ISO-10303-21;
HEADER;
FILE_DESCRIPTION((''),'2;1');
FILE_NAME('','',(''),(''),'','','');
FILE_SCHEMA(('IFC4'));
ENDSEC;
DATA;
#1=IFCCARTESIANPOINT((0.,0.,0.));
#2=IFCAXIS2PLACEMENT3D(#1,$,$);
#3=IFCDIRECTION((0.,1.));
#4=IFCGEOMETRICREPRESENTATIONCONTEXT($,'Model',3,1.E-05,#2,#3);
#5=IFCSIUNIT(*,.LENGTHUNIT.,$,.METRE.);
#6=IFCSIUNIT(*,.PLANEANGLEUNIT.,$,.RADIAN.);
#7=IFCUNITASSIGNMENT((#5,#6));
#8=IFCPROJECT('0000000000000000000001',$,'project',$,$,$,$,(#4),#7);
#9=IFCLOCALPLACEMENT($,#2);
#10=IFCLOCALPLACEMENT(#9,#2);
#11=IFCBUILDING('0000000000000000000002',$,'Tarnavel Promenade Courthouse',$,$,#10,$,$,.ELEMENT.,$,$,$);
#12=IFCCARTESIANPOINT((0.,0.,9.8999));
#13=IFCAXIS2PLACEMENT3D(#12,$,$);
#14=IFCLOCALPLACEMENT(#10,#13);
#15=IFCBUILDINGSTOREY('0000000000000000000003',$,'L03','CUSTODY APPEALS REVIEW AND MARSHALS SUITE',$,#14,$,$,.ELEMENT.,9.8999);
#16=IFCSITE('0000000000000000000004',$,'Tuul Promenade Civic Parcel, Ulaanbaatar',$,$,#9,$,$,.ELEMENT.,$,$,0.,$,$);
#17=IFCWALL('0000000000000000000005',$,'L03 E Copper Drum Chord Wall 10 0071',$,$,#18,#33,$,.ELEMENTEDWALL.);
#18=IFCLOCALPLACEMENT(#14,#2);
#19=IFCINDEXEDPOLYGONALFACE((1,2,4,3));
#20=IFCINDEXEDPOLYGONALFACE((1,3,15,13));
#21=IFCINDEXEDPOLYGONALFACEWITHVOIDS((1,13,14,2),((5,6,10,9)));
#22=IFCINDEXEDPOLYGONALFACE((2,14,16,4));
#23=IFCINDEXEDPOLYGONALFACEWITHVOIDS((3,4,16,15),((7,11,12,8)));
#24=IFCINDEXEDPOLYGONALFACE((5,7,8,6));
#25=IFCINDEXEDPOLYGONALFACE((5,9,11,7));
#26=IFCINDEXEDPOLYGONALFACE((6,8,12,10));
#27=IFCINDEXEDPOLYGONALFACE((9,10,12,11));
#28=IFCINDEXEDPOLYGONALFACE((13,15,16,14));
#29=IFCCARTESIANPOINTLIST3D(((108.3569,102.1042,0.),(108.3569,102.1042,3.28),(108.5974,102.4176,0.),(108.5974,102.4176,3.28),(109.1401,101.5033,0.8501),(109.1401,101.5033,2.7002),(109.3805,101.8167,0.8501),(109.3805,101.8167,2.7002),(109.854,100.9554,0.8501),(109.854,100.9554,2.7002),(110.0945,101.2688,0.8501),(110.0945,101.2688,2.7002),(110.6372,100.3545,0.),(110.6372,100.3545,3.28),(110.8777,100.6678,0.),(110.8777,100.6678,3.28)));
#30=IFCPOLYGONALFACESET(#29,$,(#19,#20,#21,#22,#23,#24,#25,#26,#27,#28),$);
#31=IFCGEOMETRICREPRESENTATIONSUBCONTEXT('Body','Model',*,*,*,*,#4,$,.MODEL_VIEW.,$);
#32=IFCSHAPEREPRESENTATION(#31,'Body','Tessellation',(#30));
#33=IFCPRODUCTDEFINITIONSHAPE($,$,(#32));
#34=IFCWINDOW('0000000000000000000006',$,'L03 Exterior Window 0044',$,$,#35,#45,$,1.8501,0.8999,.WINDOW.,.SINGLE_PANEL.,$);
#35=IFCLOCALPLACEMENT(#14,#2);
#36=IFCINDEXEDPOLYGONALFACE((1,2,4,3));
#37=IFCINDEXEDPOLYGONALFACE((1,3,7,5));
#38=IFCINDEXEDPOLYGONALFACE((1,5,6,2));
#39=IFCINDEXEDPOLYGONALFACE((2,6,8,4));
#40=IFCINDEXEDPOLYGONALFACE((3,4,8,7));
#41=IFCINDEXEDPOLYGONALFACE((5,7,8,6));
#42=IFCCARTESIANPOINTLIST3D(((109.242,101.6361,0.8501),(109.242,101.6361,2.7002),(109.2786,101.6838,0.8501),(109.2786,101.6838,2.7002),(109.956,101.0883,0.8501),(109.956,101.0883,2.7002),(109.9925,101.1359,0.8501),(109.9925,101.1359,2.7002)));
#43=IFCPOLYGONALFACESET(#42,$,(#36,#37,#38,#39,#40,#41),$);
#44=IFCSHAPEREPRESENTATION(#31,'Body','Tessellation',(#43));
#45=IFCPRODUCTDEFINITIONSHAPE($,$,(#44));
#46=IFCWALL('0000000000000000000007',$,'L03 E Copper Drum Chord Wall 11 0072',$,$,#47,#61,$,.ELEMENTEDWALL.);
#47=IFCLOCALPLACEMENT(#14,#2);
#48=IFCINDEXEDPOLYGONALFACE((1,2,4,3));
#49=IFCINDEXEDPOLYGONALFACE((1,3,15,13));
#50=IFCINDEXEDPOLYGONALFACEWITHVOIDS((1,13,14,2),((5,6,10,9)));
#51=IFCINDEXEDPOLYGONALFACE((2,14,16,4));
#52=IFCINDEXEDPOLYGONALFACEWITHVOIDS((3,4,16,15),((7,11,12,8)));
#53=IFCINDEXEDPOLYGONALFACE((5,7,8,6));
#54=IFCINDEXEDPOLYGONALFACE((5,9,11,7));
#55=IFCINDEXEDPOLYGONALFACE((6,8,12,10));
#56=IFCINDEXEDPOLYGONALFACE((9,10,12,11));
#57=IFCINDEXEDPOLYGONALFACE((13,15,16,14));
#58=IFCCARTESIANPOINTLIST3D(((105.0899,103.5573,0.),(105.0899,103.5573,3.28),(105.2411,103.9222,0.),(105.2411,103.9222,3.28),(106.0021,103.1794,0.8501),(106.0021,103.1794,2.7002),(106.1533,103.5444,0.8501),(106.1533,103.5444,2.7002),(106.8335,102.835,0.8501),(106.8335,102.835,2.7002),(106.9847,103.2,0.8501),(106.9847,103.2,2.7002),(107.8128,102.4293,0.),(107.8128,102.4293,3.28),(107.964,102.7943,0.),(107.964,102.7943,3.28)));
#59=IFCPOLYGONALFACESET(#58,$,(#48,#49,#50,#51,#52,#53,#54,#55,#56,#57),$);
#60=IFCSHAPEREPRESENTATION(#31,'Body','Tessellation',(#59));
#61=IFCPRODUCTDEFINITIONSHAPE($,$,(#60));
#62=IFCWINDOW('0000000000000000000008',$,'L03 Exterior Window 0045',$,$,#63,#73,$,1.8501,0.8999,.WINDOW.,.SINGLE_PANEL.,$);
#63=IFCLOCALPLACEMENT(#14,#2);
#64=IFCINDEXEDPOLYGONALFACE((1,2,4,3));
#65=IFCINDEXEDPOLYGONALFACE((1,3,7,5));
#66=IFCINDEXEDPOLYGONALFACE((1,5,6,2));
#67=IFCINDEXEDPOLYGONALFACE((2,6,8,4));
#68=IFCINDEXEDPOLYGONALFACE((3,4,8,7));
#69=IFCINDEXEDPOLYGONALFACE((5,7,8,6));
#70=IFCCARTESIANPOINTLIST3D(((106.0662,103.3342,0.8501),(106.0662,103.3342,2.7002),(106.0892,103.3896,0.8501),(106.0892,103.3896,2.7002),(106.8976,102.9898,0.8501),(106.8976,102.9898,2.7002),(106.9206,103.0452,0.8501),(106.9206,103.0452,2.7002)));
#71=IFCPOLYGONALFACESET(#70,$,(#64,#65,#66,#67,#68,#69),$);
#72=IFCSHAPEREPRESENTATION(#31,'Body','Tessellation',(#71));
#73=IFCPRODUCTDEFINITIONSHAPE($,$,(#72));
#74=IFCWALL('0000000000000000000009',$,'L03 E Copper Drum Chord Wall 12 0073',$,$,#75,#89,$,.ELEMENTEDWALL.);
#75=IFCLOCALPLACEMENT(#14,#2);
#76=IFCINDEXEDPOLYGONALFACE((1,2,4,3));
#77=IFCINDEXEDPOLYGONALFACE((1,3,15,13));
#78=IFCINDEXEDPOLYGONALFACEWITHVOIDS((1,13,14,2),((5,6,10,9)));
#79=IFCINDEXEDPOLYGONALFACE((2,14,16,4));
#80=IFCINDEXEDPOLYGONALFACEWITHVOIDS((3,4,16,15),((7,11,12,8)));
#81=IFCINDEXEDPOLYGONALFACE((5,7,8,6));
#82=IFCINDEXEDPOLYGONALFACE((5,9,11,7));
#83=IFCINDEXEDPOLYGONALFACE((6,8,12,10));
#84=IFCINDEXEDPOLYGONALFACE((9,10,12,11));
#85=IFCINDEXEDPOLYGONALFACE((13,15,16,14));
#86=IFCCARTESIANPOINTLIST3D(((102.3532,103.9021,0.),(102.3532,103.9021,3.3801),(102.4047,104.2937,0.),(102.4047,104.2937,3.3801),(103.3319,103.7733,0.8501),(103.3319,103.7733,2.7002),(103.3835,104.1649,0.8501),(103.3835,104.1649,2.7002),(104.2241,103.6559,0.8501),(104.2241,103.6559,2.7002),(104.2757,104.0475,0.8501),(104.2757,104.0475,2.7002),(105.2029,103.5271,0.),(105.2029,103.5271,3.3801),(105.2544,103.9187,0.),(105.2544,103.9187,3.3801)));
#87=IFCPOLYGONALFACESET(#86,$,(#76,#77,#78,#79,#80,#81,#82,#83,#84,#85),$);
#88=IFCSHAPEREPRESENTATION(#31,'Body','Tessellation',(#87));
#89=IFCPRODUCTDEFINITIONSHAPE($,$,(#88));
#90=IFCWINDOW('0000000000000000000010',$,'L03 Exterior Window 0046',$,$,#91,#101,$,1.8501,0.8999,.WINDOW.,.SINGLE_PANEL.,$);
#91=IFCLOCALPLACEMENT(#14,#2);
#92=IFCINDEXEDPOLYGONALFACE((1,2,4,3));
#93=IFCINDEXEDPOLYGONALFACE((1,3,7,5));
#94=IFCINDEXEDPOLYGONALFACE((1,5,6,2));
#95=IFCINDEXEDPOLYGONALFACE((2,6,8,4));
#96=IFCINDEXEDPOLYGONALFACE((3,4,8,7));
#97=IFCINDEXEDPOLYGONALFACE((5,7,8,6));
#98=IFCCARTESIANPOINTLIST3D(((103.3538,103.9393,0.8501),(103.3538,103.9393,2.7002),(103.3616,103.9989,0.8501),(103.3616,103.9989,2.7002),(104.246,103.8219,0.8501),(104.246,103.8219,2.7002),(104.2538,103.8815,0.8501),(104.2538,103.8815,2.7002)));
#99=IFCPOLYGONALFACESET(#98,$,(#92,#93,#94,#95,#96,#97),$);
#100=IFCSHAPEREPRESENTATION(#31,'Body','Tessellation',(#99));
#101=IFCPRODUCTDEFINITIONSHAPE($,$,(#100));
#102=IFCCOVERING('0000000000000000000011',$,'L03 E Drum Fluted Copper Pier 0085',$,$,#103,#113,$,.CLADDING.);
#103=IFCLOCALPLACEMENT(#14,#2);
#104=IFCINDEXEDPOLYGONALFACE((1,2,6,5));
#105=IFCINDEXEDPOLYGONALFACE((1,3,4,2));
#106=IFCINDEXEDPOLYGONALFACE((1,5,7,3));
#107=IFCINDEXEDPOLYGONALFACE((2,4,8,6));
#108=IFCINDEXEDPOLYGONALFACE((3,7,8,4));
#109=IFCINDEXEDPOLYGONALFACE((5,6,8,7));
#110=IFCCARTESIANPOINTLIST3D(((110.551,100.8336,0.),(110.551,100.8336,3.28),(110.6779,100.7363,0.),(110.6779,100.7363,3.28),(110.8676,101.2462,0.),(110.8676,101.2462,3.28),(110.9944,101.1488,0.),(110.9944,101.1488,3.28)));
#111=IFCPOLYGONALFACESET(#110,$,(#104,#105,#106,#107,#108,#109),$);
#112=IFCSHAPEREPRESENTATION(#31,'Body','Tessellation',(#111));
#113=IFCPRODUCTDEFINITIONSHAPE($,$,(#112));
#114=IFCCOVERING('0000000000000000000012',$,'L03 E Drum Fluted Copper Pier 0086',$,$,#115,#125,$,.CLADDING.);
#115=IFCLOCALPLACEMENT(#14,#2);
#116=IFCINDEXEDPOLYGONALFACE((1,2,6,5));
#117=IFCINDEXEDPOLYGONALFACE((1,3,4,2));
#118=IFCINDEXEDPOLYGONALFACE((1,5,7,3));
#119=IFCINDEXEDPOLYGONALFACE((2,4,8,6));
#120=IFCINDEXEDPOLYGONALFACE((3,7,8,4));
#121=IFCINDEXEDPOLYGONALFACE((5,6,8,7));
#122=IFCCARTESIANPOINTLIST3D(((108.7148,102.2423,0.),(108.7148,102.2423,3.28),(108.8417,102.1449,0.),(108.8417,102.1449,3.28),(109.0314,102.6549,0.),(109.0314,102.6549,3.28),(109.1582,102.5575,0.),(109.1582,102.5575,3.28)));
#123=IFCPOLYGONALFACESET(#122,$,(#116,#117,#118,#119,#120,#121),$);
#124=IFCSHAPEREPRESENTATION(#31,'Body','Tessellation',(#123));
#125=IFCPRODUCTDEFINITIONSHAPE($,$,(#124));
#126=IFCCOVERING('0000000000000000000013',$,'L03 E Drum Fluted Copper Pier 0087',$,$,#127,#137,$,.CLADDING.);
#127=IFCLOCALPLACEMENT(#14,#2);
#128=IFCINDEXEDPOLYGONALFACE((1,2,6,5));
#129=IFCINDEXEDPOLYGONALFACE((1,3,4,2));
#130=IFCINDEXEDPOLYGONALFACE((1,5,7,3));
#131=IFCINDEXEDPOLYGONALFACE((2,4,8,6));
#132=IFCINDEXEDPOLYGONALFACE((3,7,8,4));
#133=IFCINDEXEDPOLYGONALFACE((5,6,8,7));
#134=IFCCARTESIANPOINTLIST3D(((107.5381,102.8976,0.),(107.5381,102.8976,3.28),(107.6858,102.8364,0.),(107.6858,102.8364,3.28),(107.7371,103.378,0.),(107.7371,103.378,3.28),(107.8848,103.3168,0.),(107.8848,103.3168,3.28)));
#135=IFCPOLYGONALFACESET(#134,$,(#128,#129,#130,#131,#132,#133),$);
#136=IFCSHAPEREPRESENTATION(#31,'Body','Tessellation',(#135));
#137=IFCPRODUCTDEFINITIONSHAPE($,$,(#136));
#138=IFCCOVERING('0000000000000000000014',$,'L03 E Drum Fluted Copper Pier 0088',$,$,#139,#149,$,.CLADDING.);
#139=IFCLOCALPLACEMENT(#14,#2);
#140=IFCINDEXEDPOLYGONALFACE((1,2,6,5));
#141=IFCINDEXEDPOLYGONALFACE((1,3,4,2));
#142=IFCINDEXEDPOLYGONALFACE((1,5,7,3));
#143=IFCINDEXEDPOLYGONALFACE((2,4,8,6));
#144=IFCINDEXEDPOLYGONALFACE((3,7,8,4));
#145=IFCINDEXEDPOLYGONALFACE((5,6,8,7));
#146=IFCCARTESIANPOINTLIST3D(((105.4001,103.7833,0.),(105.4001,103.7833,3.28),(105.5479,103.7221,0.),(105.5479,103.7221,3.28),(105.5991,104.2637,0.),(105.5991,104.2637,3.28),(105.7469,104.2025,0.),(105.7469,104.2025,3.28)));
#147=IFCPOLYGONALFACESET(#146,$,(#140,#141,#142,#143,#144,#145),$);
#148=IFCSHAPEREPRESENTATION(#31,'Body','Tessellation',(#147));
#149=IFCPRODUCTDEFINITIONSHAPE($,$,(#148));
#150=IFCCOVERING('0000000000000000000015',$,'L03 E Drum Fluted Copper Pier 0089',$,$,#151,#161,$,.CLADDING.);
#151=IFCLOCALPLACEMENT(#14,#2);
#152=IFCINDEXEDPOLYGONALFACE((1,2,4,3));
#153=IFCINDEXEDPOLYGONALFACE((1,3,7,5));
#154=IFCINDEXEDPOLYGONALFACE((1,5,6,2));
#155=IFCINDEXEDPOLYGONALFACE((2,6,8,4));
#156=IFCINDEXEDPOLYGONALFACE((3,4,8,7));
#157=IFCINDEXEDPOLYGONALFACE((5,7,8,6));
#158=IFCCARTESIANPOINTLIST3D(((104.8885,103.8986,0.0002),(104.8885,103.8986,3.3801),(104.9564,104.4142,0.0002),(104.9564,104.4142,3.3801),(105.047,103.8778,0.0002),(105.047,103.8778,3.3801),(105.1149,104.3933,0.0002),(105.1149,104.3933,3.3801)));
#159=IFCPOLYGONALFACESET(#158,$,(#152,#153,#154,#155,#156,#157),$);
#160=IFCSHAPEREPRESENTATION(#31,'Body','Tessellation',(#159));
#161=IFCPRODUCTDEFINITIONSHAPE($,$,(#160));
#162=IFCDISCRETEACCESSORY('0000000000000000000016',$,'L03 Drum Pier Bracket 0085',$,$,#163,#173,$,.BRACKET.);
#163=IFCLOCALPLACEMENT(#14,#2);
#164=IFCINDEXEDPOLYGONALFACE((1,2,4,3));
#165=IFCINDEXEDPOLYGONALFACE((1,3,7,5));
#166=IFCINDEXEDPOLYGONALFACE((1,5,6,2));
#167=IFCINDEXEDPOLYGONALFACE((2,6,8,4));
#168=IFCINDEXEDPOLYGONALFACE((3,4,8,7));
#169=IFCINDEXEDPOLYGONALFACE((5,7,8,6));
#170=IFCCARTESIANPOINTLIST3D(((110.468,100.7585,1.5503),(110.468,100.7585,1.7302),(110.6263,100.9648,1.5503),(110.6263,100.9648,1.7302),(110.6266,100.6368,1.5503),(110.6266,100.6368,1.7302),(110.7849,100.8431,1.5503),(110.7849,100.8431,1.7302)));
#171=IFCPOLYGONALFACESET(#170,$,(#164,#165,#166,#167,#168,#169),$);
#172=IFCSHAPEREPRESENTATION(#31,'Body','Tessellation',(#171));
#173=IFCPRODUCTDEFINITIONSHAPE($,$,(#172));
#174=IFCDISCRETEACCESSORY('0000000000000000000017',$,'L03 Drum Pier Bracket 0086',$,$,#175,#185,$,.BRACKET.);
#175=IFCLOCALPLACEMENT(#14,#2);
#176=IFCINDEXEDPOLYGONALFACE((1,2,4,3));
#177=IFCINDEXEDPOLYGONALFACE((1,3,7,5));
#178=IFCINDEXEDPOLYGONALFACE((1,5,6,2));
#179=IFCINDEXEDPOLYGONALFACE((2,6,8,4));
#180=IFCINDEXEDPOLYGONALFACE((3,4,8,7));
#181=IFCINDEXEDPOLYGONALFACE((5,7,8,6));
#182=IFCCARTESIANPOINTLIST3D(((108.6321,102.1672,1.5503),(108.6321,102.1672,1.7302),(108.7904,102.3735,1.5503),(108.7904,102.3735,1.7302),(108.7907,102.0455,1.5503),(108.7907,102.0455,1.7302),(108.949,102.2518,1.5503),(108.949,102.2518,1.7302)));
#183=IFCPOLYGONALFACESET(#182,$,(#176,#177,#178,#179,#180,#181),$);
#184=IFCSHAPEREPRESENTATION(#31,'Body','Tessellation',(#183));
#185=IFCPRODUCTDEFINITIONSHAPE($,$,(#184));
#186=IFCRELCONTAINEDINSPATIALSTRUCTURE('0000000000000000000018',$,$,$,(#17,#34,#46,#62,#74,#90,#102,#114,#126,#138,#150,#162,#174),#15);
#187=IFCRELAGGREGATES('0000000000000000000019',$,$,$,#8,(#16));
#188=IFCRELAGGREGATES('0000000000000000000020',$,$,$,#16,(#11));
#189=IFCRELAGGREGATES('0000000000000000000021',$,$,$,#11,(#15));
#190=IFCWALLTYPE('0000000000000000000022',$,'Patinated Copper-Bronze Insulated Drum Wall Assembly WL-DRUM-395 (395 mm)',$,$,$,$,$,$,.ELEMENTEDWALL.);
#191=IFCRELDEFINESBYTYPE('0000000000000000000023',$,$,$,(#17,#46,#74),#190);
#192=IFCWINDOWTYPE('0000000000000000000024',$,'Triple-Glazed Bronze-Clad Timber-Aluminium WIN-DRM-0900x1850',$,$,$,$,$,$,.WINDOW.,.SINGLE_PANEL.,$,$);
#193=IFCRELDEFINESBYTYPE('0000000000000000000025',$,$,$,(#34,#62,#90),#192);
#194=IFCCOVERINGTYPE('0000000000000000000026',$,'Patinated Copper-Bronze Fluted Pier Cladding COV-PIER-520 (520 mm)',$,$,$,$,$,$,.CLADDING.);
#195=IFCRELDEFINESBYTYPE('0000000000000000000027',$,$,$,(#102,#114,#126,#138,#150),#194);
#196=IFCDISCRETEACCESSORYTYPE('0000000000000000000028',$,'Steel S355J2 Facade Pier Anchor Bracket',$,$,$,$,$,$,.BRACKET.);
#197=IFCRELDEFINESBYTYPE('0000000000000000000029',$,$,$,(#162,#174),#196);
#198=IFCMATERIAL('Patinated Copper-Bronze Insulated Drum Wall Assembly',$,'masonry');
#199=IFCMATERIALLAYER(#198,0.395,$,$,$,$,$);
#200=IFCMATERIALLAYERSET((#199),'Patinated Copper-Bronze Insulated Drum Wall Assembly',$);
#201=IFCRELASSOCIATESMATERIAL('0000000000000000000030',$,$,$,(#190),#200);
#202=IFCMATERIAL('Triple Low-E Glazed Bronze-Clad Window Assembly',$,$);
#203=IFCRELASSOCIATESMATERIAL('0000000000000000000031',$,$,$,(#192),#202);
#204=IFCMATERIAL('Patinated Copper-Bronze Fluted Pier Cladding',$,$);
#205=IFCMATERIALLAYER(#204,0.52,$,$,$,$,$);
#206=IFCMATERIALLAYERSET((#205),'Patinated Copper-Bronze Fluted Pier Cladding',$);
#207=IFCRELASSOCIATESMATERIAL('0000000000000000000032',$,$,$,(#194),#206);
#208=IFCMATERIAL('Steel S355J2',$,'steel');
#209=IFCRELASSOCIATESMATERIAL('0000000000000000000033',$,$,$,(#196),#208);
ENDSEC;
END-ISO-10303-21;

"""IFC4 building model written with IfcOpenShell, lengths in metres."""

from ifc_helpers import new_model, si_unit, direction, frame, frame_2d, origin, origin_2d, place, context, subcontext, project, spatial, rectangle, extrude, material, layer, layer_set, type_object, element, fill, save


model = new_model("IFC4")

# Units and contexts
model_context = context("Model", 3, precision=1e-05, world=origin(), true_north=direction((0.0, 1.0)))
body_context = subcontext(model_context, "Body", "Model", "MODEL_VIEW")
ifc_project = project(units=[si_unit("LENGTHUNIT", "METRE"), si_unit("PLANEANGLEUNIT", "RADIAN")], contexts=[model_context])

# Site, building, storey
site_placement = place(None, origin())
site = spatial("IfcSite", under=ifc_project, at=site_placement, Name="Tuul Promenade Civic Parcel, Ulaanbaatar", CompositionType="ELEMENT", RefElevation=0.0)
building_placement = place(site_placement, origin())
building = spatial("IfcBuilding", under=site, at=building_placement, Name="Tarnavel Promenade Courthouse", CompositionType="ELEMENT")
storey_placement = place(building_placement, frame((0.0, 0.0, 9.8999)))
storey = spatial("IfcBuildingStorey", under=building, at=storey_placement, Name="L03", Description="CUSTODY APPEALS REVIEW AND MARSHALS SUITE", CompositionType="ELEMENT", Elevation=9.8999)

# Shared definitions
ifc_material_1 = material(Name="Steel S355J2", Category="steel")

# Walls, openings, windows
ifc_material_2 = material(Name="Patinated Copper-Bronze Insulated Drum Wall Assembly", Category="masonry")
ifc_layer_1 = layer(ifc_material_2, 0.395)
ifc_layer_set_1 = layer_set([ifc_layer_1], Name="Patinated Copper-Bronze Insulated Drum Wall Assembly")
wall_type_1 = type_object("IfcWallType", Name="Patinated Copper-Bronze Insulated Drum Wall Assembly WL-DRUM-395 (395 mm)", PredefinedType="ELEMENTEDWALL", material=ifc_layer_set_1)
wall_1_placement = place(storey_placement, frame((110.7573, 100.5112, 0.0), z_axis=(0.0, 0.0, 1.0), x_axis=(-0.793347, 0.60877, 0.0)))
wall_1 = element("IfcWall", 1, at=wall_1_placement, inside=storey, type_object=wall_type_1, Name="L03 E Copper Drum Chord Wall 10 0071", PredefinedType="ELEMENTEDWALL", context=body_context, shape_type="SweptSolid", body=[
    extrude(rectangle(XDim=2.8743, YDim=0.395, at=frame_2d((1.437, 0.0))), origin(), (0.0, 0.0, 1.0), 3.28),
])
opening_1_placement = place(wall_1_placement, frame((0.9871, 0.0, 0.8501)))
opening_1 = element("IfcOpeningElement", 2, at=opening_1_placement, cuts=wall_1, PredefinedType="OPENING", context=body_context, shape_type="SweptSolid", body=[
    extrude(rectangle(XDim=0.8999, YDim=1.8501, at=frame_2d((0.45, 0.925))), frame((0.0, 0.2075, 0.0), z_axis=(0.0, -1.0, 0.0), x_axis=(1.0, 0.0, 0.0)), (0.0, 0.0, 1.0), 0.415),
])
ifc_material_3 = material(Name="Triple Low-E Glazed Bronze-Clad Window Assembly")
window_type = type_object("IfcWindowType", Name="Triple-Glazed Bronze-Clad Timber-Aluminium WIN-DRM-0900x1850", PartitioningType="SINGLE_PANEL", PredefinedType="WINDOW", material=ifc_material_3)
window_1_placement = place(opening_1_placement, origin())
window_1 = element("IfcWindow", 3, at=window_1_placement, inside=storey, type_object=window_type, Name="L03 Exterior Window 0044", OverallHeight=1.8501, OverallWidth=0.8999, PartitioningType="SINGLE_PANEL", PredefinedType="WINDOW", context=body_context, shape_type="SweptSolid", body=[
    extrude(rectangle(XDim=0.8999, YDim=1.8501, at=frame_2d((0.45, 0.925))), frame((0.0, 0.03, 0.0), z_axis=(0.0, -1.0, 0.0), x_axis=(1.0, 0.0, 0.0)), (0.0, 0.0, 1.0), 0.0601),
])
fill(opening_1, window_1)
wall_2_placement = place(storey_placement, frame((107.8884, 102.6118, 0.0), z_axis=(0.0, 0.0, 1.0), x_axis=(-0.923871, 0.382703, 0.0)))
wall_2 = element("IfcWall", 4, at=wall_2_placement, inside=storey, type_object=wall_type_1, Name="L03 E Copper Drum Chord Wall 11 0072", PredefinedType="ELEMENTEDWALL", context=body_context, shape_type="SweptSolid", body=[
    extrude(rectangle(XDim=2.9473, YDim=0.395, at=frame_2d((1.4736, 0.0))), origin(), (0.0, 0.0, 1.0), 3.28),
])
opening_2_placement = place(wall_2_placement, frame((1.0601, 0.0, 0.8501)))
opening_2 = element("IfcOpeningElement", 5, at=opening_2_placement, cuts=wall_2, PredefinedType="OPENING", context=body_context, shape_type="SweptSolid", body=[
    extrude(rectangle(XDim=0.8999, YDim=1.8501, at=frame_2d((0.45, 0.925))), frame((0.0, 0.2075, 0.0), z_axis=(0.0, -1.0, 0.0), x_axis=(1.0, 0.0, 0.0)), (0.0, 0.0, 1.0), 0.415),
])
window_2_placement = place(opening_2_placement, origin())
window_2 = element("IfcWindow", 6, at=window_2_placement, inside=storey, type_object=window_type, Name="L03 Exterior Window 0045", OverallHeight=1.8501, OverallWidth=0.8999, PartitioningType="SINGLE_PANEL", PredefinedType="WINDOW", context=body_context, shape_type="SweptSolid", body=[
    extrude(rectangle(XDim=0.8999, YDim=1.8501, at=frame_2d((0.45, 0.925))), frame((0.0, 0.03, 0.0), z_axis=(0.0, -1.0, 0.0), x_axis=(1.0, 0.0, 0.0)), (0.0, 0.0, 1.0), 0.0601),
])
fill(opening_2, window_2)
wall_3_placement = place(storey_placement, frame((105.2285, 103.7229, 0.0), z_axis=(0.0, 0.0, 1.0), x_axis=(-0.991452, 0.130472, 0.0)))
wall_3 = element("IfcWall", 7, at=wall_3_placement, inside=storey, type_object=wall_type_1, Name="L03 E Copper Drum Chord Wall 12 0073", PredefinedType="ELEMENTEDWALL", context=body_context, shape_type="SweptSolid", body=[
    extrude(rectangle(XDim=2.8743, YDim=0.395, at=frame_2d((1.437, 0.0))), origin(), (0.0, 0.0, 1.0), 3.3801),
])
opening_3_placement = place(wall_3_placement, frame((0.9871, 0.0, 0.8501)))
opening_3 = element("IfcOpeningElement", 8, at=opening_3_placement, cuts=wall_3, PredefinedType="OPENING", context=body_context, shape_type="SweptSolid", body=[
    extrude(rectangle(XDim=0.8999, YDim=1.8501, at=frame_2d((0.45, 0.925))), frame((0.0, 0.2075, 0.0), z_axis=(0.0, -1.0, 0.0), x_axis=(1.0, 0.0, 0.0)), (0.0, 0.0, 1.0), 0.415),
])
window_3_placement = place(opening_3_placement, origin())
window_3 = element("IfcWindow", 9, at=window_3_placement, inside=storey, type_object=window_type, Name="L03 Exterior Window 0046", OverallHeight=1.8501, OverallWidth=0.8999, PartitioningType="SINGLE_PANEL", PredefinedType="WINDOW", context=body_context, shape_type="SweptSolid", body=[
    extrude(rectangle(XDim=0.8999, YDim=1.8501, at=frame_2d((0.45, 0.925))), frame((0.0, 0.03, 0.0), z_axis=(0.0, -1.0, 0.0), x_axis=(1.0, 0.0, 0.0)), (0.0, 0.0, 1.0), 0.0601),
])
fill(opening_3, window_3)

# Coverings
ifc_material_4 = material(Name="Patinated Copper-Bronze Fluted Pier Cladding")
ifc_layer_2 = layer(ifc_material_4, 0.52)
ifc_layer_set_2 = layer_set([ifc_layer_2], Name="Patinated Copper-Bronze Fluted Pier Cladding")
covering_type = type_object("IfcCoveringType", Name="Patinated Copper-Bronze Fluted Pier Cladding COV-PIER-520 (520 mm)", PredefinedType="CLADDING", material=ifc_layer_set_2)
for number, where, z_axis, x_axis, name in (
    (10, (110.7727, 100.9912, 0.0), (0.0, 0.0, 1.0), (-0.793353, 0.608761, 0.0), "L03 E Drum Fluted Copper Pier 0085"),
    (11, (108.9365, 102.3999, 0.0), (0.0, 0.0, 1.0), (-0.793353, 0.608761, 0.0), "L03 E Drum Fluted Copper Pier 0086"),
    (12, (107.7114, 103.1072, 0.0), (0.0, 0.0, 1.0), (-0.92388, 0.382683, 0.0), "L03 E Drum Fluted Copper Pier 0087"),
    (13, (105.5735, 103.9929, 0.0), (0.0, 0.0, 1.0), (-0.92388, 0.382683, 0.0), "L03 E Drum Fluted Copper Pier 0088"),
):
    element("IfcCovering", number, at=place(storey_placement, frame(where, z_axis=z_axis, x_axis=x_axis)), inside=storey, type_object=covering_type, Name=name, PredefinedType="CLADDING", context=body_context, shape_type="SweptSolid", body=[
        extrude(rectangle(XDim=0.1599, YDim=0.52, at=origin_2d()), origin(), (0.0, 0.0, 1.0), 3.28),
    ])
covering_placement = place(storey_placement, frame((105.0017, 104.146, 0.0002), z_axis=(0.0, 0.0, 1.0), x_axis=(-0.991445, 0.130526, 0.0)))
element("IfcCovering", 14, at=covering_placement, inside=storey, type_object=covering_type, Name="L03 E Drum Fluted Copper Pier 0089", PredefinedType="CLADDING", context=body_context, shape_type="SweptSolid", body=[
    extrude(rectangle(XDim=0.1599, YDim=0.52, at=origin_2d()), origin(), (0.0, 0.0, 1.0), 3.3799),
])

# Discrete accessories
discrete_accessory_type = type_object("IfcDiscreteAccessoryType", Name="Steel S355J2 Facade Pier Anchor Bracket", PredefinedType="BRACKET", material=ifc_material_1)
for number, where, z_axis, x_axis, name in (
    (15, (110.6265, 100.8008, 1.5503), (0.0, 0.0, 1.0), (-0.793353, 0.608761, 0.0), "L03 Drum Pier Bracket 0085"),
    (16, (108.7905, 102.2095, 1.5503), (0.0, 0.0, 1.0), (-0.793353, 0.608761, 0.0), "L03 Drum Pier Bracket 0086"),
):
    element("IfcDiscreteAccessory", number, at=place(storey_placement, frame(where, z_axis=z_axis, x_axis=x_axis)), inside=storey, type_object=discrete_accessory_type, Name=name, PredefinedType="BRACKET", context=body_context, shape_type="SweptSolid", body=[
        extrude(rectangle(XDim=0.2, YDim=0.26, at=origin_2d()), origin(), (0.0, 0.0, 1.0), 0.1799),
    ])

save(model, "model.ifc")
